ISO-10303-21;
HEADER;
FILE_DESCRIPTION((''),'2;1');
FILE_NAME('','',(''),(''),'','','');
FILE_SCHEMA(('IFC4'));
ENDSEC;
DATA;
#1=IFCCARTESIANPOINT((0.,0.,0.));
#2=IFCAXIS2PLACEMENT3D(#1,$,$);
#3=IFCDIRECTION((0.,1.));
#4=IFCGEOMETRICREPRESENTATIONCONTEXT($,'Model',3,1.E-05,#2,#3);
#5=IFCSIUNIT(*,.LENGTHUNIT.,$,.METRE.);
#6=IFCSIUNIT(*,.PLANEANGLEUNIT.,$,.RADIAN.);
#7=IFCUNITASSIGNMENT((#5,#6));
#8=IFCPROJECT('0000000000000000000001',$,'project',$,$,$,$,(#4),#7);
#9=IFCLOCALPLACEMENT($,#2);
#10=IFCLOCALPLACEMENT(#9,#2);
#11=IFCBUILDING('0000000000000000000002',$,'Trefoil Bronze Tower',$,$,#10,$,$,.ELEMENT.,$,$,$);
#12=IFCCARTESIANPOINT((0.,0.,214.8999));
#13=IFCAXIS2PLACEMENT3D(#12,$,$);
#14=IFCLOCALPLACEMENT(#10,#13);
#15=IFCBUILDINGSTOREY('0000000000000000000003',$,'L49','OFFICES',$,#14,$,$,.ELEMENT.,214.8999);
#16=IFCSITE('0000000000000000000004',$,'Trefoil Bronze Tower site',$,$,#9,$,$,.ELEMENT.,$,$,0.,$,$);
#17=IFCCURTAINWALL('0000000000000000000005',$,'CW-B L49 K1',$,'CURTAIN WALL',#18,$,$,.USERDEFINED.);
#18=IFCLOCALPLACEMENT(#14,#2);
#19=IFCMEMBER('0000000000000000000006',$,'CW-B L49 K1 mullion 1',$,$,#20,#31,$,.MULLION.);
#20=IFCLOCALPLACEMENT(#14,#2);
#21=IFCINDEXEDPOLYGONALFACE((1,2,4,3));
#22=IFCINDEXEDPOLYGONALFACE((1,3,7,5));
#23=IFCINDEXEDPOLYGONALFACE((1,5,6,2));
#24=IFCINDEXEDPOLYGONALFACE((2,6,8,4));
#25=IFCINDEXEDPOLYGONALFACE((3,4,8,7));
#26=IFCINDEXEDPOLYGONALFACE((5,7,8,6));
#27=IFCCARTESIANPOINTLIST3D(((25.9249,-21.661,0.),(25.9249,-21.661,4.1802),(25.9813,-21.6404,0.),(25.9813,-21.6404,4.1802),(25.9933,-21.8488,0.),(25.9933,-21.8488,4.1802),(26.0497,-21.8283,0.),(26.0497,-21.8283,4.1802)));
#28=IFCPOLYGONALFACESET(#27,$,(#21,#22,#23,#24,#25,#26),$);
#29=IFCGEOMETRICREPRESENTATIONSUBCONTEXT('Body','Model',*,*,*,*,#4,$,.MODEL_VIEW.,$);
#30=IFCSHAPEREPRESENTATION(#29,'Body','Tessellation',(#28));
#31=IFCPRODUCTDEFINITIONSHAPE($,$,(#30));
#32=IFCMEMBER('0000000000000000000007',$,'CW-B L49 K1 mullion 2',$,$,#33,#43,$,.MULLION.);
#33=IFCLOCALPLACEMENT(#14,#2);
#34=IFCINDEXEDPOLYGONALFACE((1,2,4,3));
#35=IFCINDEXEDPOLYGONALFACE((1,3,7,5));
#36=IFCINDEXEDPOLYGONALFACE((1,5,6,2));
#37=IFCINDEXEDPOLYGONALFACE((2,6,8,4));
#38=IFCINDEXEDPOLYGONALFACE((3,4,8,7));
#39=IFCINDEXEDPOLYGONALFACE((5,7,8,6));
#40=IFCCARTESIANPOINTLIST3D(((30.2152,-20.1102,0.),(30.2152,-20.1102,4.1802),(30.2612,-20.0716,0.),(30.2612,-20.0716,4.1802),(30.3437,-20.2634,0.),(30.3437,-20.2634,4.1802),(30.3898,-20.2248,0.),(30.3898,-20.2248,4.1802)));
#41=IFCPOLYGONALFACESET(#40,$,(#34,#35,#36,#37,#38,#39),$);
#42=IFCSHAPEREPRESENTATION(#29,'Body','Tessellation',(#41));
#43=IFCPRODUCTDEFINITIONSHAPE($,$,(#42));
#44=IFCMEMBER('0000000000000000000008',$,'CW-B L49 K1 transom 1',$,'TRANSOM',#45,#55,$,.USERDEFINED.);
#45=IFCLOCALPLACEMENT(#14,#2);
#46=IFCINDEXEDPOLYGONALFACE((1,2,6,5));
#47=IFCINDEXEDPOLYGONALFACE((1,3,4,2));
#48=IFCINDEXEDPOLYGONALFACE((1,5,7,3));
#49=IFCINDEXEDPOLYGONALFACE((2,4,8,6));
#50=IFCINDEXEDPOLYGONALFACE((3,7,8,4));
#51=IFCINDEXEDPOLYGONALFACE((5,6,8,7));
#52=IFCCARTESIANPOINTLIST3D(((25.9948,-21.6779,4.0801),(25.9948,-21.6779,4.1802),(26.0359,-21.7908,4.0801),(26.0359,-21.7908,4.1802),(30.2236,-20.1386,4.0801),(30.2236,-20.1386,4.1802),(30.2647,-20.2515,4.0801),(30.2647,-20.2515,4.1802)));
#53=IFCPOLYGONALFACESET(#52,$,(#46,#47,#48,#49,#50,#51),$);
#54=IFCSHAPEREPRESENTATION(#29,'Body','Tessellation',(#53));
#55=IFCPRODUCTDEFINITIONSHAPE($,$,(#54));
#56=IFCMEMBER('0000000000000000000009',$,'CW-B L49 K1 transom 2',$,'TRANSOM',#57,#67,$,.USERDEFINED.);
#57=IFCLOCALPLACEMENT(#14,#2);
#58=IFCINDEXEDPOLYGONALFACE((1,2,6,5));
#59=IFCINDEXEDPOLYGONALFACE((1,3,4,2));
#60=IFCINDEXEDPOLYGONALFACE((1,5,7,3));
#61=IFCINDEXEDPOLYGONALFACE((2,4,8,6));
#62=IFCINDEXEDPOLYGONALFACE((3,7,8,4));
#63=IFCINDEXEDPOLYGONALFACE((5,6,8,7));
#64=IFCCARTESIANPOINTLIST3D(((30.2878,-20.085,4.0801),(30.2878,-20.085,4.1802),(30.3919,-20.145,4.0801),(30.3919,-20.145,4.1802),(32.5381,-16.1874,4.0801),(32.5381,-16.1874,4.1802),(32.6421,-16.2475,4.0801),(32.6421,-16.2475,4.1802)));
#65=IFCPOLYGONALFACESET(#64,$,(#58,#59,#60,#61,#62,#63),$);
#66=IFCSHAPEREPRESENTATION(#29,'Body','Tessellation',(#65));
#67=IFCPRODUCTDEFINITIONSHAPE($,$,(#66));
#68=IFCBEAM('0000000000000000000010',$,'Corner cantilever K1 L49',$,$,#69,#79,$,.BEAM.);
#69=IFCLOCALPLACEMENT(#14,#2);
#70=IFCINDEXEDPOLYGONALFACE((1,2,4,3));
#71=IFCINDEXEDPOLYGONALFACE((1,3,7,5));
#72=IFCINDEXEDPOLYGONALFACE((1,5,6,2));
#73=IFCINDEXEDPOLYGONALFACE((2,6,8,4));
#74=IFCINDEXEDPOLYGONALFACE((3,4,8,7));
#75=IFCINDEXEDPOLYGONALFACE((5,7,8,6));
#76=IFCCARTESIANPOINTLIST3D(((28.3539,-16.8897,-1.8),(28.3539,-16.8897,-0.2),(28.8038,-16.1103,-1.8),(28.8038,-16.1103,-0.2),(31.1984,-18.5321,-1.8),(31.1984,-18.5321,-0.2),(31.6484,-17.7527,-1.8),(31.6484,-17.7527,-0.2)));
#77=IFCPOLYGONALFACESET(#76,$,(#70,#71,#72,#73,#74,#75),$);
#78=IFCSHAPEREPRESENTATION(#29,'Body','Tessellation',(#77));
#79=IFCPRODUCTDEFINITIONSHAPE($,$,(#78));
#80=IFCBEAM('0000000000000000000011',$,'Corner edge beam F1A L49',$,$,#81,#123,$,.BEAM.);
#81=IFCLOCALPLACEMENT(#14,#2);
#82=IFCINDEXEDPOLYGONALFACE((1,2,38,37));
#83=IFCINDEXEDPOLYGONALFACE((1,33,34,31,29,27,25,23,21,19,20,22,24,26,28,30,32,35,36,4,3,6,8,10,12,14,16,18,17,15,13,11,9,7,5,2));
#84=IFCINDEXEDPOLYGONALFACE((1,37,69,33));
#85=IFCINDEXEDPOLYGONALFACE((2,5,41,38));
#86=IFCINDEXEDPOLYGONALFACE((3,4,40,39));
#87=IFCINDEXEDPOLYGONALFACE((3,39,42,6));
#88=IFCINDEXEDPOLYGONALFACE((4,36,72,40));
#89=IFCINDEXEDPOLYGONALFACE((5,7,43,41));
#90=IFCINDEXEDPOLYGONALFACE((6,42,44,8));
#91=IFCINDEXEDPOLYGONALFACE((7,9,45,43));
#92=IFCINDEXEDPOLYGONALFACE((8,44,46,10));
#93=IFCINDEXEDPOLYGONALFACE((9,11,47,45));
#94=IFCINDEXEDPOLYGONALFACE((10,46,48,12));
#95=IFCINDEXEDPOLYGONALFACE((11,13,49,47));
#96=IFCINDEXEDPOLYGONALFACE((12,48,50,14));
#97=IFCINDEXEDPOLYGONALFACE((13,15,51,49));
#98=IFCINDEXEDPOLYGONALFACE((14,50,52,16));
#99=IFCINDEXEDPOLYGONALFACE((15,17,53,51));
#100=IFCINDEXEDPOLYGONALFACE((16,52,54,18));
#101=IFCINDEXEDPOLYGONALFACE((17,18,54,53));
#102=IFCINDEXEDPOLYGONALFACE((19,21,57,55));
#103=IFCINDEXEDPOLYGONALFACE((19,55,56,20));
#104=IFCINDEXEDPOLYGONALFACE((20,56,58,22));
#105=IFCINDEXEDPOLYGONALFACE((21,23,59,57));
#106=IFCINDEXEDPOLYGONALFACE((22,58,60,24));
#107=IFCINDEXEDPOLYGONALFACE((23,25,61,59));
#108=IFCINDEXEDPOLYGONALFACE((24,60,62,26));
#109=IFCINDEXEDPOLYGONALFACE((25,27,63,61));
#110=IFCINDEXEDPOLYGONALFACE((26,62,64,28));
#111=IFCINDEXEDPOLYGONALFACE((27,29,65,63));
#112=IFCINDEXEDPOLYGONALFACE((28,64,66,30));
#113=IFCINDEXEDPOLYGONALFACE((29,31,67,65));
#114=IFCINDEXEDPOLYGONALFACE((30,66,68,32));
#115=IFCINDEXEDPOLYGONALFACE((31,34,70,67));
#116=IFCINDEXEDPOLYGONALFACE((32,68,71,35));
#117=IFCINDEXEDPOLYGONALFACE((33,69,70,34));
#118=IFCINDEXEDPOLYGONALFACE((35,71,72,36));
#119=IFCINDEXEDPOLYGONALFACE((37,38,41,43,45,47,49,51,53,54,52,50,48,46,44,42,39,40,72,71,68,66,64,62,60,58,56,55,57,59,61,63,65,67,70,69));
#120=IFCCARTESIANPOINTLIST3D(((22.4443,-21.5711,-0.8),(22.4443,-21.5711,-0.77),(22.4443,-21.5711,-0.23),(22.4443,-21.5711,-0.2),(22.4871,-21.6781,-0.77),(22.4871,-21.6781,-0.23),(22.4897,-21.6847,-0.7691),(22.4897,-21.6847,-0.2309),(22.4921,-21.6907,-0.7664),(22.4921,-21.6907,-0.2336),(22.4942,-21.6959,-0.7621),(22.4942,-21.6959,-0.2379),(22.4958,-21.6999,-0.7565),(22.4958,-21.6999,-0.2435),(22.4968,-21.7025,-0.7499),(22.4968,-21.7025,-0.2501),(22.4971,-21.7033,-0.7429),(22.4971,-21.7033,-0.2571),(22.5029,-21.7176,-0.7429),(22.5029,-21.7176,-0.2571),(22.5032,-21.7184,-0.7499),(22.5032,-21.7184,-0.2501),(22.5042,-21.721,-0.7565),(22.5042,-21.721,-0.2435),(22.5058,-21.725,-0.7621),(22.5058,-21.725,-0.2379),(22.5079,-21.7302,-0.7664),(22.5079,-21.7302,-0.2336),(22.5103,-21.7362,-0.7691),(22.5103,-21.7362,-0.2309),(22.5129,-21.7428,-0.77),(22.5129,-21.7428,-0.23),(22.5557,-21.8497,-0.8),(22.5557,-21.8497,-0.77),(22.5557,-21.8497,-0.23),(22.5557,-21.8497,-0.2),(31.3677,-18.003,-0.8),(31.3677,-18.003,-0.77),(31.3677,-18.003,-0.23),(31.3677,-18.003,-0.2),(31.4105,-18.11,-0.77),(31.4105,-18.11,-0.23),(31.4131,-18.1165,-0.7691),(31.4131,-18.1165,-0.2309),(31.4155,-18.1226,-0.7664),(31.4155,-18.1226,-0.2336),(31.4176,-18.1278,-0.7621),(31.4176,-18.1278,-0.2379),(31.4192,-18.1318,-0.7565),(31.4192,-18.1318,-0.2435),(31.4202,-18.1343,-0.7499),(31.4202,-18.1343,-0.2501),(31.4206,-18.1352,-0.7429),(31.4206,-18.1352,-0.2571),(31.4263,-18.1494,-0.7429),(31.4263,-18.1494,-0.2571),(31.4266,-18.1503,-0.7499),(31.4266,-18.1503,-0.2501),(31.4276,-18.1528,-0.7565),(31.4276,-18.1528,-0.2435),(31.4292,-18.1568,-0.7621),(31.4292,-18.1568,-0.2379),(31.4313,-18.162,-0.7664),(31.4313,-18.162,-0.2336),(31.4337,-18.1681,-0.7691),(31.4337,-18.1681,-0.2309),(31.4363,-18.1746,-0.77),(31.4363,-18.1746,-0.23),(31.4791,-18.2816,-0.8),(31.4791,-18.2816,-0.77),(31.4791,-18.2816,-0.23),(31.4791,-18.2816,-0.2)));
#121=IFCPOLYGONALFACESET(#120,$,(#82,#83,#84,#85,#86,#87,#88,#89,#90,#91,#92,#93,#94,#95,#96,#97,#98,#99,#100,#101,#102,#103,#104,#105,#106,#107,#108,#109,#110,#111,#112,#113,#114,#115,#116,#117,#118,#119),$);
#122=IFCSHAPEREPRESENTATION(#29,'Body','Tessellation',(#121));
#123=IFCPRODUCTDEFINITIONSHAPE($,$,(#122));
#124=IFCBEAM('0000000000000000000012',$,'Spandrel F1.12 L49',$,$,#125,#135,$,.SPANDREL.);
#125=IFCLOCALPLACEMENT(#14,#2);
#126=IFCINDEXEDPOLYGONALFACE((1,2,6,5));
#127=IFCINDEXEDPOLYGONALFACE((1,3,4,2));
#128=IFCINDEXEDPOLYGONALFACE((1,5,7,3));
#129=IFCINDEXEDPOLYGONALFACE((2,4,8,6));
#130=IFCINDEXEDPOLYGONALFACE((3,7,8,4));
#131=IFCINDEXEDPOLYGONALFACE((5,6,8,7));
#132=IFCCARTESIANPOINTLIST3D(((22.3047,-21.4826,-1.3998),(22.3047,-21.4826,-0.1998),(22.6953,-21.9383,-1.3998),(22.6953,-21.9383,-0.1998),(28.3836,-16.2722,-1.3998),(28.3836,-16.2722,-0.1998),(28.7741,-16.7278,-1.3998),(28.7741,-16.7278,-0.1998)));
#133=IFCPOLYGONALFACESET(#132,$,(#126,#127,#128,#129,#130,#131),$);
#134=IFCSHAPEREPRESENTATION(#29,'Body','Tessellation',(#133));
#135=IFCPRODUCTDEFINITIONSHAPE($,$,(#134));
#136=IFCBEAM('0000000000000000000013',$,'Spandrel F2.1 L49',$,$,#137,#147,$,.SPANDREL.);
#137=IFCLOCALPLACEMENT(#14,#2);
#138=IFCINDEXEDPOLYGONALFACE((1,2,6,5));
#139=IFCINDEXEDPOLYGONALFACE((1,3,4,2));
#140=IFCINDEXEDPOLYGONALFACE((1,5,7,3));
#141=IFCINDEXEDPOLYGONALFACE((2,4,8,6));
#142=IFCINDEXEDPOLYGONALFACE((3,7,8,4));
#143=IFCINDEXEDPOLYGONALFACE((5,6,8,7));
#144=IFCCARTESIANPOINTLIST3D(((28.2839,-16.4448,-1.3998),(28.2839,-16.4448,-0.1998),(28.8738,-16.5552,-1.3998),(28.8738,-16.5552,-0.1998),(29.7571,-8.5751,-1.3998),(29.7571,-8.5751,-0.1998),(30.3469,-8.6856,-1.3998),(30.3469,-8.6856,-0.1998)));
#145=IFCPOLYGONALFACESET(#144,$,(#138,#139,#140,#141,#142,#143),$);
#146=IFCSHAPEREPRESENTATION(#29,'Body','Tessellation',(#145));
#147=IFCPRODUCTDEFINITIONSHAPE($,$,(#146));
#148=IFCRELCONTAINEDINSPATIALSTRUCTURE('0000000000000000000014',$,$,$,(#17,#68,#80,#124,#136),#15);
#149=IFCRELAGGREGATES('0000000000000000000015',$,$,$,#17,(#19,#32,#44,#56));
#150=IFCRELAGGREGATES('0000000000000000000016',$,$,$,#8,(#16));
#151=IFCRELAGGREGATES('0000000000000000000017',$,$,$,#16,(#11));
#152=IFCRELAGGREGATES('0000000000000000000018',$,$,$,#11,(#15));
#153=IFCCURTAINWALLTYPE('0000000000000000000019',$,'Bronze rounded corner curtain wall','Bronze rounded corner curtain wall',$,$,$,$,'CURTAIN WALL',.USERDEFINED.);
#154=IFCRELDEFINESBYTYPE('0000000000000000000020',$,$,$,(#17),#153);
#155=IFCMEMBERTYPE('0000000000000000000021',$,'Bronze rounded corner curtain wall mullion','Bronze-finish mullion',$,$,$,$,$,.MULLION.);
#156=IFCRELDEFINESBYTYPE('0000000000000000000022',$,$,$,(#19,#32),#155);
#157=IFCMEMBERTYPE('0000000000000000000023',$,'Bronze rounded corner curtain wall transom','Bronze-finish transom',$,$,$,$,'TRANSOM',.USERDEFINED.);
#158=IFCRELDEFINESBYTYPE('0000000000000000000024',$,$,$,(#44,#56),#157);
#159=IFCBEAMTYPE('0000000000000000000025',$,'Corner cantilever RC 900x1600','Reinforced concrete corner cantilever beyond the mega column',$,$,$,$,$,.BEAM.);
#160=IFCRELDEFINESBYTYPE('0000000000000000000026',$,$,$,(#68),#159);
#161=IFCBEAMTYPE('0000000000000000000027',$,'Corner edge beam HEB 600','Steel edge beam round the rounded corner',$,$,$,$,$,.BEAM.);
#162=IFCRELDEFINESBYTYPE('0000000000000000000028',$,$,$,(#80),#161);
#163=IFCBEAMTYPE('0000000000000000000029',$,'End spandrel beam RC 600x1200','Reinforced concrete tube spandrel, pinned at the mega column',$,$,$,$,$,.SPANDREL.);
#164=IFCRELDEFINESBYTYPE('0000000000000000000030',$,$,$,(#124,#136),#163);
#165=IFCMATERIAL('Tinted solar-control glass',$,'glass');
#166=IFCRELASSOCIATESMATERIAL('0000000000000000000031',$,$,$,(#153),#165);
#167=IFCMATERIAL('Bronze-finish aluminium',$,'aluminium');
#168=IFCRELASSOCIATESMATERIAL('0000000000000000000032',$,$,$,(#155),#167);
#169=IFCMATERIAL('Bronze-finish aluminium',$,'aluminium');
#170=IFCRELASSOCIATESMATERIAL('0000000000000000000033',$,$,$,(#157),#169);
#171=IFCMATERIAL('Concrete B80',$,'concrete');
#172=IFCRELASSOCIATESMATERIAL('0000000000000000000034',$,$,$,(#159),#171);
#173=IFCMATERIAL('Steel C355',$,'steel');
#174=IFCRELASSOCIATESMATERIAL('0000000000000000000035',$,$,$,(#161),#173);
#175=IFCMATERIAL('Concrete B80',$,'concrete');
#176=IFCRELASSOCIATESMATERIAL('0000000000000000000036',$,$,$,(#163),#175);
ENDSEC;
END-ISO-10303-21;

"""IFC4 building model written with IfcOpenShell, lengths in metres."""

from ifc_helpers import new_model, si_unit, direction, frame, origin, origin_2d, place, context, subcontext, project, spatial, rectangle, i_section, extrude, material, material_profile, profile_set, type_object, element, aggregate, save


model = new_model("IFC4")

# Units and contexts
model_context = context("Model", 3, precision=1e-05, world=origin(), true_north=direction((0.0, 1.0)))
body_context = subcontext(model_context, "Body", "Model", "MODEL_VIEW")
ifc_project = project(units=[si_unit("LENGTHUNIT", "METRE"), si_unit("PLANEANGLEUNIT", "RADIAN")], contexts=[model_context])

# Site, building, storey
site_placement = place(None, origin())
site = spatial("IfcSite", under=ifc_project, at=site_placement, Name="Trefoil Bronze Tower site", CompositionType="ELEMENT", RefElevation=0.0)
building_placement = place(site_placement, origin())
building = spatial("IfcBuilding", under=site, at=building_placement, Name="Trefoil Bronze Tower", CompositionType="ELEMENT")
storey_placement = place(building_placement, frame((0.0, 0.0, 214.8999)))
storey = spatial("IfcBuildingStorey", under=building, at=storey_placement, Name="L49", Description="OFFICES", CompositionType="ELEMENT", Elevation=214.8999)

# Curtain wall, members
ifc_material_1 = material(Name="Tinted solar-control glass", Category="glass")
curtain_wall_type_1 = type_object("IfcCurtainWallType", Name="Bronze rounded corner curtain wall", Description="Bronze rounded corner curtain wall", ElementType="CURTAIN WALL", PredefinedType="USERDEFINED", material=ifc_material_1)
curtain_wall_1_placement = place(storey_placement, origin())
curtain_wall_1 = element("IfcCurtainWall", 1, at=curtain_wall_1_placement, inside=storey, type_object=curtain_wall_type_1, Name="CW-B L49 K1", ObjectType="CURTAIN WALL", PredefinedType="USERDEFINED")
ifc_material_2 = material(Name="Bronze-finish aluminium", Category="aluminium")
ifc_material_profile_1 = material_profile(ifc_material_2, rectangle(XDim=0.2, YDim=0.0601, at=origin_2d()), Name="CW-B mullion")
ifc_profile_set_1 = profile_set([ifc_material_profile_1], Name="Bronze-finish aluminium")
member_type_1 = type_object("IfcMemberType", Name="Bronze rounded corner curtain wall mullion", Description="Bronze-finish mullion", PredefinedType="MULLION", material=ifc_profile_set_1)
member_1_placement = place(storey_placement, frame((25.9873, -21.7446, 0.0), z_axis=(0.0, 0.0, 1.0), x_axis=(-0.34202, 0.939693, 0.0)))
member_1 = element("IfcMember", 2, at=member_1_placement, type_object=member_type_1, Name="CW-B L49 K1 mullion 1", PredefinedType="MULLION", context=body_context, shape_type="SweptSolid", body=[
    extrude(rectangle(XDim=0.2, YDim=0.0601, at=origin_2d()), origin(), (0.0, 0.0, 1.0), 4.1802),
])
member_2_placement = place(storey_placement, frame((30.3025, -20.1675, 0.0), z_axis=(0.0, 0.0, 1.0), x_axis=(-0.642788, 0.766044, 0.0)))
member_2 = element("IfcMember", 3, at=member_2_placement, type_object=member_type_1, Name="CW-B L49 K1 mullion 2", PredefinedType="MULLION", context=body_context, shape_type="SweptSolid", body=[
    extrude(rectangle(XDim=0.2, YDim=0.0601, at=origin_2d()), origin(), (0.0, 0.0, 1.0), 4.1802),
])
ifc_material_3 = material(Name="Bronze-finish aluminium", Category="aluminium")
ifc_material_profile_2 = material_profile(ifc_material_3, rectangle(XDim=0.1201, YDim=0.1001, at=origin_2d()), Name="CW-B transom")
ifc_profile_set_2 = profile_set([ifc_material_profile_2], Name="Bronze-finish aluminium")
member_type_2 = type_object("IfcMemberType", Name="Bronze rounded corner curtain wall transom", Description="Bronze-finish transom", ElementType="TRANSOM", PredefinedType="USERDEFINED", material=ifc_profile_set_2)
member_3_placement = place(storey_placement, frame((26.0154, -21.7344, 4.1301), z_axis=(0.939681, 0.342052, 0.0), x_axis=(-0.342052, 0.939681, 0.0)))
member_3 = element("IfcMember", 4, at=member_3_placement, type_object=member_type_2, Name="CW-B L49 K1 transom 1", ObjectType="TRANSOM", PredefinedType="USERDEFINED", context=body_context, shape_type="SweptSolid", body=[
    extrude(rectangle(XDim=0.1201, YDim=0.1001, at=origin_2d()), origin(), (0.0, 0.0, 1.0), 4.5002),
])
member_4_placement = place(storey_placement, frame((30.3398, -20.115, 4.1301), z_axis=(0.500007, 0.866021, 0.0), x_axis=(-0.866021, 0.500007, 0.0)))
member_4 = element("IfcMember", 5, at=member_4_placement, type_object=member_type_2, Name="CW-B L49 K1 transom 2", ObjectType="TRANSOM", PredefinedType="USERDEFINED", context=body_context, shape_type="SweptSolid", body=[
    extrude(rectangle(XDim=0.1201, YDim=0.1001, at=origin_2d()), origin(), (0.0, 0.0, 1.0), 4.5005),
])

# Beams
ifc_material_4 = material(Name="Concrete B80", Category="concrete")
ifc_material_profile_3 = material_profile(ifc_material_4, rectangle(XDim=0.8999, YDim=1.6001, at=origin_2d()), Name="RC 900x1600")
ifc_profile_set_3 = profile_set([ifc_material_profile_3], Name="Concrete B80")
beam_type_1 = type_object("IfcBeamType", Name="Corner cantilever RC 900x1600", Description="Reinforced concrete corner cantilever beyond the mega column", PredefinedType="BEAM", material=ifc_profile_set_3)
beam_1_placement = place(storey_placement, frame((28.5789, -16.5, -1.0), z_axis=(0.866016, -0.500016, 0.0), x_axis=(0.500016, 0.866016, 0.0)))
element("IfcBeam", 6, at=beam_1_placement, inside=storey, type_object=beam_type_1, Name="Corner cantilever K1 L49", PredefinedType="BEAM", context=body_context, shape_type="SweptSolid", body=[
    extrude(rectangle(XDim=0.8999, YDim=1.6001, at=origin_2d()), origin(), (0.0, 0.0, 1.0), 3.2847),
])
ifc_material_5 = material(Name="Steel C355", Category="steel")
ifc_material_profile_4 = material_profile(ifc_material_5, i_section(OverallWidth=0.3, OverallDepth=0.6001, WebThickness=0.0154, FlangeThickness=0.03, FilletRadius=0.0271, at=origin_2d()), Name="HEB 600")
ifc_profile_set_4 = profile_set([ifc_material_profile_4], Name="Steel C355")
beam_type_2 = type_object("IfcBeamType", Name="Corner edge beam HEB 600", Description="Steel edge beam round the rounded corner", PredefinedType="BEAM", material=ifc_profile_set_4)
beam_2_placement = place(storey_placement, frame((22.5, -21.7104, -0.5), z_axis=(0.92852, 0.371281, 0.0), x_axis=(-0.371281, 0.92852, 0.0)))
element("IfcBeam", 7, at=beam_2_placement, inside=storey, type_object=beam_type_2, Name="Corner edge beam F1A L49", PredefinedType="BEAM", context=body_context, shape_type="SweptSolid", body=[
    extrude(i_section(OverallWidth=0.3, OverallDepth=0.6001, WebThickness=0.0154, FlangeThickness=0.03, FilletRadius=0.0271, at=origin_2d()), origin(), (0.0, 0.0, 1.0), 9.6104),
])
ifc_material_6 = material(Name="Concrete B80", Category="concrete")
ifc_material_profile_5 = material_profile(ifc_material_6, rectangle(XDim=0.6001, YDim=1.2, at=origin_2d()), Name="RC 600x1200")
ifc_profile_set_5 = profile_set([ifc_material_profile_5], Name="Concrete B80")
beam_type_3 = type_object("IfcBeamType", Name="End spandrel beam RC 600x1200", Description="Reinforced concrete tube spandrel, pinned at the mega column", PredefinedType="SPANDREL", material=ifc_profile_set_5)
for number, where, z_axis, x_axis, name in (
    (8, (22.5, -21.7104, -0.7998), (0.759257, 0.650791, 0.0), (-0.650791, 0.759257, 0.0), "Spandrel F1.12 L49"),
    (9, (28.5789, -16.5, -0.7998), (0.183998, 0.982927, 0.0), (-0.982927, 0.183998, 0.0), "Spandrel F2.1 L49"),
):
    element("IfcBeam", number, at=place(storey_placement, frame(where, z_axis=z_axis, x_axis=x_axis)), inside=storey, type_object=beam_type_3, Name=name, PredefinedType="SPANDREL", context=body_context, shape_type="SweptSolid", body=[
        extrude(rectangle(XDim=0.6001, YDim=1.2, at=origin_2d()), origin(), (0.0, 0.0, 1.0), 8.0063),
    ])

aggregate(curtain_wall_1, [member_1, member_2, member_3, member_4])

save(model, "model.ifc")
